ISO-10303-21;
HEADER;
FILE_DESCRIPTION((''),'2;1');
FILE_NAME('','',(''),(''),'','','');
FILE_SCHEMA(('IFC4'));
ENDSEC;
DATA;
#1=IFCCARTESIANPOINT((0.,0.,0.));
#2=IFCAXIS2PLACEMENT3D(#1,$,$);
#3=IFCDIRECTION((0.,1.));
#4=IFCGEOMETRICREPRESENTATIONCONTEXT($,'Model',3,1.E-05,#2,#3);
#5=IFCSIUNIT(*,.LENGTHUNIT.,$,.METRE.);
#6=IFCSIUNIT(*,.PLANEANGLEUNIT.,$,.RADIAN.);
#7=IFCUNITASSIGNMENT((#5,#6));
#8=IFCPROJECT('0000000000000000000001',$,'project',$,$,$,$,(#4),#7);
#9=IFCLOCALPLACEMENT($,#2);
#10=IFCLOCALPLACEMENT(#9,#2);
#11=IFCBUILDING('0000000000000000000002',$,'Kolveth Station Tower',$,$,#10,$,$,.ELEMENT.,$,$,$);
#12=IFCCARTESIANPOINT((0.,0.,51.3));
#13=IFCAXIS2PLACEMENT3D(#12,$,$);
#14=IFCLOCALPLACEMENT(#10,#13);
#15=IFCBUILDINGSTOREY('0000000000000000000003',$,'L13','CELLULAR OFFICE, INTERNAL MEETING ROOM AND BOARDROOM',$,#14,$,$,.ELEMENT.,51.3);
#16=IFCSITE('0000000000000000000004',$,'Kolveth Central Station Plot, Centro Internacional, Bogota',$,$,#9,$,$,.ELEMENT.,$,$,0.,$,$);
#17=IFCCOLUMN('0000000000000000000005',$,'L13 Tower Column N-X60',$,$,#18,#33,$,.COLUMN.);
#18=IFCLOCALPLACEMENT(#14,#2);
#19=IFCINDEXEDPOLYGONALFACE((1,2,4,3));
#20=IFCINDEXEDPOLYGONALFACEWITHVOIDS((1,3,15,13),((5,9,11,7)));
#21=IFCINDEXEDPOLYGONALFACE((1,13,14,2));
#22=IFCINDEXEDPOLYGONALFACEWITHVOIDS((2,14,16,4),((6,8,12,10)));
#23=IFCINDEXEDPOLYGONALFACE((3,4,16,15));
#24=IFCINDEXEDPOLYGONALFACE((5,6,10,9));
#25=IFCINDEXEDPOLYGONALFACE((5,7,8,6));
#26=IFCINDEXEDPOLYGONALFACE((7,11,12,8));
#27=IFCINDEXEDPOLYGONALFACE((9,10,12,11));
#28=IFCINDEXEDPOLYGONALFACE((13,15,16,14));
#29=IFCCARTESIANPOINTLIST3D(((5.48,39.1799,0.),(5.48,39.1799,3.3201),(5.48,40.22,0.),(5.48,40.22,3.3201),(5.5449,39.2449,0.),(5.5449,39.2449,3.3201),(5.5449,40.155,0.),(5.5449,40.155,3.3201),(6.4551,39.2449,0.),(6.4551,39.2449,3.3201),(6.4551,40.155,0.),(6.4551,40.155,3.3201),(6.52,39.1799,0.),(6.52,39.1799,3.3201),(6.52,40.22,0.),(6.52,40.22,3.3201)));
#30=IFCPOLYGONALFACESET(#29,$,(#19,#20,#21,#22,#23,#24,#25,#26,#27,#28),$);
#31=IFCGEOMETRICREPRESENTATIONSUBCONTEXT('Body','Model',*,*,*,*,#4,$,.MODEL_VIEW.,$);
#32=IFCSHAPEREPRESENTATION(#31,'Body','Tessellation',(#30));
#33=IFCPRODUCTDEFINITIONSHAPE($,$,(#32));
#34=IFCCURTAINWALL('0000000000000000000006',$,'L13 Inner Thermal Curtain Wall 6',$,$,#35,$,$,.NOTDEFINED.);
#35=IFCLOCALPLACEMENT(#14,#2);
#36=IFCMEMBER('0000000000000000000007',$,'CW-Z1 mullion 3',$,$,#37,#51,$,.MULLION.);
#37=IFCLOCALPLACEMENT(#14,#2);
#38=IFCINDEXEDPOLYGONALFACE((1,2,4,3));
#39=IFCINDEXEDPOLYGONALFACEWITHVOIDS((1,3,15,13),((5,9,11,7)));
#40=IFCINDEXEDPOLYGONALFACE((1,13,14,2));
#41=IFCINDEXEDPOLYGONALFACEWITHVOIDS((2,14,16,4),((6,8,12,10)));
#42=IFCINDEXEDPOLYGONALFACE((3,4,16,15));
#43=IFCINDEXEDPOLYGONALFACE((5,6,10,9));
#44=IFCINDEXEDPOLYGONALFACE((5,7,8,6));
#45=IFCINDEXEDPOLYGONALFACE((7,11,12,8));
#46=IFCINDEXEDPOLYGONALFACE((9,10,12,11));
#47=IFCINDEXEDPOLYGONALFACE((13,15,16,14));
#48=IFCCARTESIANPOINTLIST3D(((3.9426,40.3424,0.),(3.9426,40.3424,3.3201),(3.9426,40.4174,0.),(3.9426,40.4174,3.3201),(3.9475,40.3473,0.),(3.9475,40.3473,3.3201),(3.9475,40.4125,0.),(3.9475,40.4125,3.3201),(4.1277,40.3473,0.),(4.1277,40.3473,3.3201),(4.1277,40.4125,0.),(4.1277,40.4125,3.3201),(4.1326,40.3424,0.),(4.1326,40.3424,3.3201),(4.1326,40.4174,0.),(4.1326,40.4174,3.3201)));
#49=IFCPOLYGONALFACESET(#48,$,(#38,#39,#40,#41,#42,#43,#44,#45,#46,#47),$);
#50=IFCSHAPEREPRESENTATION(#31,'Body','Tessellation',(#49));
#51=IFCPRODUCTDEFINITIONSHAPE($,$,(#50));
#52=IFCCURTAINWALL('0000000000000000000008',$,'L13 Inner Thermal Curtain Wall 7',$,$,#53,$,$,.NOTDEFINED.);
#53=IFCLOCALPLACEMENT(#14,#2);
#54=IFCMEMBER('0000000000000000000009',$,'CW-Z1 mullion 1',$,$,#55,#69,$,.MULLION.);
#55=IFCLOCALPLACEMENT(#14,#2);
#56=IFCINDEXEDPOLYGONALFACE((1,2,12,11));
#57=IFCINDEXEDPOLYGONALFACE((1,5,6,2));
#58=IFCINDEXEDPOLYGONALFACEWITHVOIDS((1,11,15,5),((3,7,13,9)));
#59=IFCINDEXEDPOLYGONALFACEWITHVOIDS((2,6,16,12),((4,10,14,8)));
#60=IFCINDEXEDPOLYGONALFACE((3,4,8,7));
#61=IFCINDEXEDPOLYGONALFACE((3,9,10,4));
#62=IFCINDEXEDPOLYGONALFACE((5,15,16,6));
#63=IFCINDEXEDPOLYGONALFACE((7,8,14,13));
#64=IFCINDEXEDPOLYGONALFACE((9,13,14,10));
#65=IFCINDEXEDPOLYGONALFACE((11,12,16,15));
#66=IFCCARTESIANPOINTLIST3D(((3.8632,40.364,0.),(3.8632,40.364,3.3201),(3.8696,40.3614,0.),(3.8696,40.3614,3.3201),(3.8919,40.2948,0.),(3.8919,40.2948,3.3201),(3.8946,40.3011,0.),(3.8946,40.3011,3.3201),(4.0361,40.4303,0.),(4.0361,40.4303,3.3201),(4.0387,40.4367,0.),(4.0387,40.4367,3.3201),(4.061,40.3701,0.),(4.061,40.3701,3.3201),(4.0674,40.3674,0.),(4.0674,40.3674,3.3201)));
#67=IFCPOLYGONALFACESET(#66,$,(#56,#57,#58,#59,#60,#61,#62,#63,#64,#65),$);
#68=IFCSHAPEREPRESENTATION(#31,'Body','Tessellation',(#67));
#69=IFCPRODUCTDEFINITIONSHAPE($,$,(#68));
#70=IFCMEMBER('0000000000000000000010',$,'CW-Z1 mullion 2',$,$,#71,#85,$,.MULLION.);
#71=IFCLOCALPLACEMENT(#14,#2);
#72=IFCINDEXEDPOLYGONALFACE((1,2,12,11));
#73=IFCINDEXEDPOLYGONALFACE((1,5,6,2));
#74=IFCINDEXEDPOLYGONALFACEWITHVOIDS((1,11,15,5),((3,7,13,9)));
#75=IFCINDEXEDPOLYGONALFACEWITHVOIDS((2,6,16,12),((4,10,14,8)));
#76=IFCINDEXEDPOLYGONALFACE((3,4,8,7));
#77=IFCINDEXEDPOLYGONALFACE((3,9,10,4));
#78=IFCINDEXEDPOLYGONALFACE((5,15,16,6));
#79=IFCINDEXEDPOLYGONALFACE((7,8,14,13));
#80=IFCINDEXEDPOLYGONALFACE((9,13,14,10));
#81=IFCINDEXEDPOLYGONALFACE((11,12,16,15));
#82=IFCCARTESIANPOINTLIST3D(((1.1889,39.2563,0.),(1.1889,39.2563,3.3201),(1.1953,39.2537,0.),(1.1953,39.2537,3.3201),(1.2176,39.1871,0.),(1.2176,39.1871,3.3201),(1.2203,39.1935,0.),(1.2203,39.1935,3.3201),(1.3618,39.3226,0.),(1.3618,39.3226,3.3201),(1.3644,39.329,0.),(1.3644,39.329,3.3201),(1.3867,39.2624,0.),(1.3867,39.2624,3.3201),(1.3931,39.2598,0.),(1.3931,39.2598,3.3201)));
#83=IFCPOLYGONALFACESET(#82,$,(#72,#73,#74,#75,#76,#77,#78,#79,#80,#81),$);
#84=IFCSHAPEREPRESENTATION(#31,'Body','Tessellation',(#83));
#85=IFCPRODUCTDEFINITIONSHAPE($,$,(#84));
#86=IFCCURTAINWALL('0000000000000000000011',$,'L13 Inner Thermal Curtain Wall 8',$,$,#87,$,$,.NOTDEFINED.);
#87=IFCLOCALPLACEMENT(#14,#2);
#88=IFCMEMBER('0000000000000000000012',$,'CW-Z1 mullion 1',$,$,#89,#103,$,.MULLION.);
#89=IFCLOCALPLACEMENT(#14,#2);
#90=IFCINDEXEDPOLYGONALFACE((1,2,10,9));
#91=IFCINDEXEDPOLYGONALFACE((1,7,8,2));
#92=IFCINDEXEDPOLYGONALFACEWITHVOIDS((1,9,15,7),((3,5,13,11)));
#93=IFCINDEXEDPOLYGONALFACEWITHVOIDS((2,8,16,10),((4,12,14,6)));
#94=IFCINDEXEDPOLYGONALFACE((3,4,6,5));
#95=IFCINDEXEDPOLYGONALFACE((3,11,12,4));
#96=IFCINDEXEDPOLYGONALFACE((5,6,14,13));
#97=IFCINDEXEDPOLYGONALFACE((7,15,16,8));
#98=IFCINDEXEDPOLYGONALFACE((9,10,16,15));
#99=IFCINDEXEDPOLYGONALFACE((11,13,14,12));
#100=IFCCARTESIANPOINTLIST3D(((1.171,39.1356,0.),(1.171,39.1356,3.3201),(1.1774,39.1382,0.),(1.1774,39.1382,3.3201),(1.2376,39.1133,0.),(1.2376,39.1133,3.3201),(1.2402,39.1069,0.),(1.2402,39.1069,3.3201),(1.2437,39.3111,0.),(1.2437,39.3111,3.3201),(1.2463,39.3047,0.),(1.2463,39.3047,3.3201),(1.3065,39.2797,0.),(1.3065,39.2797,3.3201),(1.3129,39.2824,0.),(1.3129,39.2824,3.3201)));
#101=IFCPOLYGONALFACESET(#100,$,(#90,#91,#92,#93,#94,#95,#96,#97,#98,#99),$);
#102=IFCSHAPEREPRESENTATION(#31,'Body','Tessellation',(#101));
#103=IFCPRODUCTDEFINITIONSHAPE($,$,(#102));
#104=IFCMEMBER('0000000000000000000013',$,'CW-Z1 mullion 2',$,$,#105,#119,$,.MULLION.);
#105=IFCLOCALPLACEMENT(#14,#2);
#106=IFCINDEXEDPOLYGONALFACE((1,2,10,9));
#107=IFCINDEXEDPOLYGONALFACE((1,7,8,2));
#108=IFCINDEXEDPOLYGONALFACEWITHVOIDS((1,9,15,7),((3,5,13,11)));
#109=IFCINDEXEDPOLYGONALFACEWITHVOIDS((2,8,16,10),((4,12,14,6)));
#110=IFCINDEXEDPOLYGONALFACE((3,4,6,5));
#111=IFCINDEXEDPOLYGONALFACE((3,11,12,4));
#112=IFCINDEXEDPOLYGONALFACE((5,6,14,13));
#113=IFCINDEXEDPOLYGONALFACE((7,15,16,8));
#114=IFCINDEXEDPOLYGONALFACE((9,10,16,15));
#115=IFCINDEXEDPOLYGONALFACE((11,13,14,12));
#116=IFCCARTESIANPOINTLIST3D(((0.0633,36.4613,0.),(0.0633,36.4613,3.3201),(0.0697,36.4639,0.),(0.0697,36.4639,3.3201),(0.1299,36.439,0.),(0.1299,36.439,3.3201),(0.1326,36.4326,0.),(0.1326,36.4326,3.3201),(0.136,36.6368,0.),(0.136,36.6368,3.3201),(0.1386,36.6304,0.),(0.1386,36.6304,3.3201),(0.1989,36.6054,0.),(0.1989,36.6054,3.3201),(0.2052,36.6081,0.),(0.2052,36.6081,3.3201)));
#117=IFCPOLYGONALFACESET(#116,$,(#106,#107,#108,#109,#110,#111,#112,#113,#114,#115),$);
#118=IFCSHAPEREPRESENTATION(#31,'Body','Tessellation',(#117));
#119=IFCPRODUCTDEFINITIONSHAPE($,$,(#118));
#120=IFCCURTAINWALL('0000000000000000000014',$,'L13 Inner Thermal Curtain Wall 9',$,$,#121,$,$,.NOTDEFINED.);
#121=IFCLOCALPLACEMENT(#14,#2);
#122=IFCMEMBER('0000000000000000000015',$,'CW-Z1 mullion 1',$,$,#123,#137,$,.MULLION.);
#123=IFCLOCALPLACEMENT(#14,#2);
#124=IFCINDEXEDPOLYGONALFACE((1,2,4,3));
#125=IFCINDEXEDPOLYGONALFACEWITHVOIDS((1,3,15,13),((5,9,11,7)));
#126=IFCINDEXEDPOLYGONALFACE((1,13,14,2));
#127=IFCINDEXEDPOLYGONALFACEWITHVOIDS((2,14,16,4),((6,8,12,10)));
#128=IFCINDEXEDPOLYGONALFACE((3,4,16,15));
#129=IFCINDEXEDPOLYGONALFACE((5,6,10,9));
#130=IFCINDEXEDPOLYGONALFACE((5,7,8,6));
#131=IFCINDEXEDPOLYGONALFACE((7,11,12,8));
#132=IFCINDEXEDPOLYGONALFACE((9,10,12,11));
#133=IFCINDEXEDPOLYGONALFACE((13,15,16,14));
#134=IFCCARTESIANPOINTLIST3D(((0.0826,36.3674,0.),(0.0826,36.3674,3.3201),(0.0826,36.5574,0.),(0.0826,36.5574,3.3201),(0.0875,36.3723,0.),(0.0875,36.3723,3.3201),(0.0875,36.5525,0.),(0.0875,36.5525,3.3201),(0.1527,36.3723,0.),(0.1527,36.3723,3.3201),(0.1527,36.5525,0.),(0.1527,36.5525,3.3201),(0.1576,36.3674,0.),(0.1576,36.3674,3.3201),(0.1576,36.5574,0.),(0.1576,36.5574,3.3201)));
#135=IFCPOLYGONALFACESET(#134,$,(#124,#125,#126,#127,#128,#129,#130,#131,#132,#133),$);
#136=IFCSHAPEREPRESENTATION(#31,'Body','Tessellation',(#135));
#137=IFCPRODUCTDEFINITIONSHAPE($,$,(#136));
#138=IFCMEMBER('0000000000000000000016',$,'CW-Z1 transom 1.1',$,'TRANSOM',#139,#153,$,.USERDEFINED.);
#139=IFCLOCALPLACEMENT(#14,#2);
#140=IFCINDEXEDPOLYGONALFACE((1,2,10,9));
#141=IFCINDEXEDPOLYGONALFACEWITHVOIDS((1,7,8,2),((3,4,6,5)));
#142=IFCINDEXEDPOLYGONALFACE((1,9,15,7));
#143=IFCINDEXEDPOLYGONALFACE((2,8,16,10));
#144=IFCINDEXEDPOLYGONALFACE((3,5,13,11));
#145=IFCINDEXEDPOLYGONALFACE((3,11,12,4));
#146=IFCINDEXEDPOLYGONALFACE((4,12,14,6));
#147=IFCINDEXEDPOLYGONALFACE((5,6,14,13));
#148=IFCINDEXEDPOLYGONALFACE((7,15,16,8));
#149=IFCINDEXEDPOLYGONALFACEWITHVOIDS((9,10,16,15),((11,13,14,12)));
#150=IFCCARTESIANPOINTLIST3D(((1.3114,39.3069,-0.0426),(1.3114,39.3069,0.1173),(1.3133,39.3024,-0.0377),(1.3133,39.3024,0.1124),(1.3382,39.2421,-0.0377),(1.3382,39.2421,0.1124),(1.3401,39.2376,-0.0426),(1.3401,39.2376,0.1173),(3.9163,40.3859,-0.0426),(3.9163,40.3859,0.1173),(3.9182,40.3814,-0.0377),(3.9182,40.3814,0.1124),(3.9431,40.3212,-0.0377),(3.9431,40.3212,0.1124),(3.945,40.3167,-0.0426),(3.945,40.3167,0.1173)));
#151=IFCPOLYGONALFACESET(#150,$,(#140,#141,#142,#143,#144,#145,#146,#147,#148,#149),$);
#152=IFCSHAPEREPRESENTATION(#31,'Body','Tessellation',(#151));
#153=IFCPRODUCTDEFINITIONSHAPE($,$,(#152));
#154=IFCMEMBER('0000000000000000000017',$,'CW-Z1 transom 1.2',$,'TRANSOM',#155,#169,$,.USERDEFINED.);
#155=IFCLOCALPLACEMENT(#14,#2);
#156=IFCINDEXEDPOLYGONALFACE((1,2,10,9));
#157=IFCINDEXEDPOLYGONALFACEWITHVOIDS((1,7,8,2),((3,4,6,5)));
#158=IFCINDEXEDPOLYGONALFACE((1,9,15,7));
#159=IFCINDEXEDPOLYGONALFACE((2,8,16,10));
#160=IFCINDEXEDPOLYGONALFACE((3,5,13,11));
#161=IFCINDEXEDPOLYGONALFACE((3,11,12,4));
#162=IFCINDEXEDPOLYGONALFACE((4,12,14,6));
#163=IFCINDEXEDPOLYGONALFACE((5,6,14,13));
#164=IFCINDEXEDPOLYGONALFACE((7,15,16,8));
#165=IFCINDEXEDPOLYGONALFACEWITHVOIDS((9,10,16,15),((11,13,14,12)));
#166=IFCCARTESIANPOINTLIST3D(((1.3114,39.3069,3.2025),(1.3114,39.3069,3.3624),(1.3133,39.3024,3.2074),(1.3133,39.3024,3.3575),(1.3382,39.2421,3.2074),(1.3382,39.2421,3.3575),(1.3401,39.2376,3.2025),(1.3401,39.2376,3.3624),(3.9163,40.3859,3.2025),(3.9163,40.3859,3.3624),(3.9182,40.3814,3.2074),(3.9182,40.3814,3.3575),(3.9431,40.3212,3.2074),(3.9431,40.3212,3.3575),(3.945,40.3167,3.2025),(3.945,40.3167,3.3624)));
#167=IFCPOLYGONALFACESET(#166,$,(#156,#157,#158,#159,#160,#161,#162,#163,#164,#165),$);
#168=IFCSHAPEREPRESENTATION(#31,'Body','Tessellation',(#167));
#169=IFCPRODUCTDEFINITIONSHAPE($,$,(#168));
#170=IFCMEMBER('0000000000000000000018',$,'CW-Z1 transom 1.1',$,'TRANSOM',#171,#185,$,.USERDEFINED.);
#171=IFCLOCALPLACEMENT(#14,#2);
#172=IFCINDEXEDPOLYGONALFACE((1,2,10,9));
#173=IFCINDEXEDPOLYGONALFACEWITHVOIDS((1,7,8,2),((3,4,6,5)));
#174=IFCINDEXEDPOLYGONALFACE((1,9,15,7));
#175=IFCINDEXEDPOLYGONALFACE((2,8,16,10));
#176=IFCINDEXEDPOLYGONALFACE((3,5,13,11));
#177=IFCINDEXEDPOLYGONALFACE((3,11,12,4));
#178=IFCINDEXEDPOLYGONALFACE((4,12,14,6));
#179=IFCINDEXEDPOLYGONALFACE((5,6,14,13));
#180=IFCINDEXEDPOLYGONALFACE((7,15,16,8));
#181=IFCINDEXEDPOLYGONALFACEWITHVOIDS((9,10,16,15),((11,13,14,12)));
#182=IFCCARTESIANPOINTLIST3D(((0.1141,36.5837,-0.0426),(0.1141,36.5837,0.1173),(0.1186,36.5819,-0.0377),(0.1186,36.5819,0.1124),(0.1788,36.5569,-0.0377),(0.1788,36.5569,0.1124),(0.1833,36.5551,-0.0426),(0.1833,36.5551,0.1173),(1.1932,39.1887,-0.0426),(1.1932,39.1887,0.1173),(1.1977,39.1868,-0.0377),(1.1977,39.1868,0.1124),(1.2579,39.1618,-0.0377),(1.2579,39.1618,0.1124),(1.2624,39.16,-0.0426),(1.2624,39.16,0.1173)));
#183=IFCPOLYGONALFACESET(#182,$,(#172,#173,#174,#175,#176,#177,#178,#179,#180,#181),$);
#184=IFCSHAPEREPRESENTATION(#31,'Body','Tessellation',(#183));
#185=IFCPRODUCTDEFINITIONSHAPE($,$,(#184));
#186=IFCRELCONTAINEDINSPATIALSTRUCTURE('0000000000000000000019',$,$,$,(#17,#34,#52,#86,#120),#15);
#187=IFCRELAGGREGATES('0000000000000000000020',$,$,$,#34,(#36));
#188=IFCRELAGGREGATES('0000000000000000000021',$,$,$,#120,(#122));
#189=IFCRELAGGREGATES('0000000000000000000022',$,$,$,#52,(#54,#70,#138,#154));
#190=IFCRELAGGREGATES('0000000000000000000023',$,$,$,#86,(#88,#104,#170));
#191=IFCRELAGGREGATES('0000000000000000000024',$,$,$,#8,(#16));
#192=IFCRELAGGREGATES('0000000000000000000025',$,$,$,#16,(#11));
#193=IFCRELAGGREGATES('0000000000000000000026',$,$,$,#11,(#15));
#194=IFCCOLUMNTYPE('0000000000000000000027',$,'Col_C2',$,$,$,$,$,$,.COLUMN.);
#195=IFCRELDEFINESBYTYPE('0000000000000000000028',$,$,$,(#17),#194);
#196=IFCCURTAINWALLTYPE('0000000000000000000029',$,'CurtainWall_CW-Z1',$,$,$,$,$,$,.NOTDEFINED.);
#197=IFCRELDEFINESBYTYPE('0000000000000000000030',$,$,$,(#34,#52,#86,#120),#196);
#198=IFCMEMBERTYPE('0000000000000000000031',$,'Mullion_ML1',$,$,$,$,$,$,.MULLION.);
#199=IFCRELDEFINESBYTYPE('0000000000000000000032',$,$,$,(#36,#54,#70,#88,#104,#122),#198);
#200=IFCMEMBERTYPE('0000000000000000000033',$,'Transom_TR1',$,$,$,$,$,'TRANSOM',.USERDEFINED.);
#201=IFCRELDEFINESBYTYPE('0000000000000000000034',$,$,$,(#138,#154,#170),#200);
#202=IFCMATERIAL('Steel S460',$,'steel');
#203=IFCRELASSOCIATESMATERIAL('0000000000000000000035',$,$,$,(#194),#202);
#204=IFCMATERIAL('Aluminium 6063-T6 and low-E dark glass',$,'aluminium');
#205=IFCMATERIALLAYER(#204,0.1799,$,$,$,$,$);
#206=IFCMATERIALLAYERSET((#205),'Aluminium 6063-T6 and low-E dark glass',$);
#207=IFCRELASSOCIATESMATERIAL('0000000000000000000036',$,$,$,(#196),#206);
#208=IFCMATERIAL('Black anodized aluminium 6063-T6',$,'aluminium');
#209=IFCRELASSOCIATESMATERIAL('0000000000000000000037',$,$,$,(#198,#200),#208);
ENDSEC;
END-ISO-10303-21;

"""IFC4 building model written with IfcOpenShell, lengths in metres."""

from ifc_helpers import new_model, si_unit, direction, frame, origin, origin_2d, place, context, subcontext, project, spatial, hollow_rectangle, extrude, source, transform, mapped, material, layer, layer_set, material_profile, profile_set, type_object, element, aggregate, save


model = new_model("IFC4")

# Units and contexts
model_context = context("Model", 3, precision=1e-05, world=origin(), true_north=direction((0.0, 1.0)))
body_context = subcontext(model_context, "Body", "Model", "MODEL_VIEW")
ifc_project = project(units=[si_unit("LENGTHUNIT", "METRE"), si_unit("PLANEANGLEUNIT", "RADIAN")], contexts=[model_context])

# Site, building, storey
site_placement = place(None, origin())
site = spatial("IfcSite", under=ifc_project, at=site_placement, Name="Kolveth Central Station Plot, Centro Internacional, Bogota", CompositionType="ELEMENT", RefElevation=0.0)
building_placement = place(site_placement, origin())
building = spatial("IfcBuilding", under=site, at=building_placement, Name="Kolveth Station Tower", CompositionType="ELEMENT")
storey_placement = place(building_placement, frame((0.0, 0.0, 51.3)))
storey = spatial("IfcBuildingStorey", under=building, at=storey_placement, Name="L13", Description="CELLULAR OFFICE, INTERNAL MEETING ROOM AND BOARDROOM", CompositionType="ELEMENT", Elevation=51.3)

# Column
ifc_material_1 = material(Name="Steel S460", Category="steel")
ifc_material_profile_1 = material_profile(ifc_material_1, hollow_rectangle(XDim=1.04, YDim=1.04, WallThickness=0.0649, at=origin_2d()), Name="BOX1040x1040x65")
ifc_profile_set_1 = profile_set([ifc_material_profile_1], Name="Steel S460")
column_type = type_object("IfcColumnType", Name="Col_C2", PredefinedType="COLUMN", material=ifc_profile_set_1)
shared_shape_1 = source(origin(), body_context, "Body", "SweptSolid", [
    extrude(hollow_rectangle(XDim=1.04, YDim=1.04, WallThickness=0.0649, at=origin_2d()), origin(), (0.0, 0.0, 1.0), 3.3201),
])
column_placement = place(storey_placement, frame((6.0, 39.7, 0.0), z_axis=(0.0, 0.0, 1.0), x_axis=(1.0, 0.0, 0.0)))
element("IfcColumn", 1, at=column_placement, inside=storey, type_object=column_type, Name="L13 Tower Column N-X60", PredefinedType="COLUMN", context=body_context, shape_type="MappedRepresentation", body=[
    mapped(shared_shape_1, transform((0.0, 0.0, 0.0), x_axis=(1.0, 0.0, 0.0), y_axis=(0.0, 1.0, 0.0), z_axis=(0.0, 0.0, 1.0), scale=1.0)),
])

# Curtain wall, member
ifc_material_2 = material(Name="Aluminium 6063-T6 and low-E dark glass", Category="aluminium")
ifc_layer_1 = layer(ifc_material_2, 0.1799)
ifc_layer_set_1 = layer_set([ifc_layer_1], Name="Aluminium 6063-T6 and low-E dark glass")
curtain_wall_type_1 = type_object("IfcCurtainWallType", Name="CurtainWall_CW-Z1", PredefinedType="NOTDEFINED", material=ifc_layer_set_1)
curtain_wall_1_placement = place(storey_placement, origin())
curtain_wall_1 = element("IfcCurtainWall", 2, at=curtain_wall_1_placement, inside=storey, type_object=curtain_wall_type_1, Name="L13 Inner Thermal Curtain Wall 6", PredefinedType="NOTDEFINED")
ifc_material_3 = material(Name="Black anodized aluminium 6063-T6", Category="aluminium")
ifc_material_profile_2 = material_profile(ifc_material_3, hollow_rectangle(XDim=0.075, YDim=0.1899, WallThickness=0.0049, at=origin_2d()), Name="ALU-75x190x5")
ifc_profile_set_2 = profile_set([ifc_material_profile_2], Name="Black anodized aluminium 6063-T6")
member_type_1 = type_object("IfcMemberType", Name="Mullion_ML1", PredefinedType="MULLION", material=ifc_profile_set_2)
shared_shape_2 = source(origin(), body_context, "Body", "SweptSolid", [
    extrude(hollow_rectangle(XDim=0.075, YDim=0.1899, WallThickness=0.0049, at=origin_2d()), origin(), (0.0, 0.0, 1.0), 3.3201),
])
member_1_placement = place(storey_placement, frame((4.0376, 40.3799, 0.0), z_axis=(0.0, 0.0, 1.0), x_axis=(0.0, -1.0, 0.0)))
member_1 = element("IfcMember", 3, at=member_1_placement, type_object=member_type_1, Name="CW-Z1 mullion 3", PredefinedType="MULLION", context=body_context, shape_type="MappedRepresentation", body=[
    mapped(shared_shape_2, transform((0.0, 0.0, 0.0), x_axis=(1.0, 0.0, 0.0), y_axis=(0.0, 1.0, 0.0), z_axis=(0.0, 0.0, 1.0), scale=1.0)),
])
aggregate(curtain_wall_1, [member_1])

# Curtain walls, members
curtain_wall_2_placement = place(storey_placement, origin())
curtain_wall_2 = element("IfcCurtainWall", 4, at=curtain_wall_2_placement, inside=storey, type_object=curtain_wall_type_1, Name="L13 Inner Thermal Curtain Wall 7", PredefinedType="NOTDEFINED")
member_2_placement = place(storey_placement, frame((3.9653, 40.3657, 0.0), z_axis=(0.0, 0.0, 1.0), x_axis=(0.382673, -0.923884, 0.0)))
member_2 = element("IfcMember", 5, at=member_2_placement, type_object=member_type_1, Name="CW-Z1 mullion 1", PredefinedType="MULLION", context=body_context, shape_type="MappedRepresentation", body=[
    mapped(shared_shape_2, transform((0.0, 0.0, 0.0), x_axis=(1.0, 0.0, 0.0), y_axis=(0.0, 1.0, 0.0), z_axis=(0.0, 0.0, 1.0), scale=1.0)),
])
member_3_placement = place(storey_placement, frame((1.291, 39.2581, 0.0), z_axis=(0.0, 0.0, 1.0), x_axis=(0.382673, -0.923884, 0.0)))
member_3 = element("IfcMember", 6, at=member_3_placement, type_object=member_type_1, Name="CW-Z1 mullion 2", PredefinedType="MULLION", context=body_context, shape_type="MappedRepresentation", body=[
    mapped(shared_shape_2, transform((0.0, 0.0, 0.0), x_axis=(1.0, 0.0, 0.0), y_axis=(0.0, 1.0, 0.0), z_axis=(0.0, 0.0, 1.0), scale=1.0)),
])
curtain_wall_3_placement = place(storey_placement, origin())
curtain_wall_3 = element("IfcCurtainWall", 7, at=curtain_wall_3_placement, inside=storey, type_object=curtain_wall_type_1, Name="L13 Inner Thermal Curtain Wall 8", PredefinedType="NOTDEFINED")
member_4_placement = place(storey_placement, frame((1.2419, 39.209, 0.0), z_axis=(0.0, 0.0, 1.0), x_axis=(0.923884, -0.382673, 0.0)))
member_4 = element("IfcMember", 8, at=member_4_placement, type_object=member_type_1, Name="CW-Z1 mullion 1", PredefinedType="MULLION", context=body_context, shape_type="MappedRepresentation", body=[
    mapped(shared_shape_2, transform((0.0, 0.0, 0.0), x_axis=(1.0, 0.0, 0.0), y_axis=(0.0, 1.0, 0.0), z_axis=(0.0, 0.0, 1.0), scale=1.0)),
])
member_5_placement = place(storey_placement, frame((0.1343, 36.5347, 0.0), z_axis=(0.0, 0.0, 1.0), x_axis=(0.923884, -0.382673, 0.0)))
member_5 = element("IfcMember", 9, at=member_5_placement, type_object=member_type_1, Name="CW-Z1 mullion 2", PredefinedType="MULLION", context=body_context, shape_type="MappedRepresentation", body=[
    mapped(shared_shape_2, transform((0.0, 0.0, 0.0), x_axis=(1.0, 0.0, 0.0), y_axis=(0.0, 1.0, 0.0), z_axis=(0.0, 0.0, 1.0), scale=1.0)),
])

# Curtain wall, member
curtain_wall_4_placement = place(storey_placement, origin())
curtain_wall_4 = element("IfcCurtainWall", 10, at=curtain_wall_4_placement, inside=storey, type_object=curtain_wall_type_1, Name="L13 Inner Thermal Curtain Wall 9", PredefinedType="NOTDEFINED")
member_6_placement = place(storey_placement, frame((0.1201, 36.4624, 0.0), z_axis=(0.0, 0.0, 1.0), x_axis=(1.0, 0.0, 0.0)))
member_6 = element("IfcMember", 11, at=member_6_placement, type_object=member_type_1, Name="CW-Z1 mullion 1", PredefinedType="MULLION", context=body_context, shape_type="MappedRepresentation", body=[
    mapped(shared_shape_2, transform((0.0, 0.0, 0.0), x_axis=(1.0, 0.0, 0.0), y_axis=(0.0, 1.0, 0.0), z_axis=(0.0, 0.0, 1.0), scale=1.0)),
])
aggregate(curtain_wall_4, [member_6])

# Members
ifc_material_profile_3 = material_profile(ifc_material_3, hollow_rectangle(XDim=0.075, YDim=0.1599, WallThickness=0.0049, at=origin_2d()), Name="ALU-75x160x5")
ifc_profile_set_3 = profile_set([ifc_material_profile_3], Name="Black anodized aluminium 6063-T6")
member_type_2 = type_object("IfcMemberType", Name="Transom_TR1", ElementType="TRANSOM", PredefinedType="USERDEFINED", material=ifc_profile_set_3)
shared_shape_3 = source(origin(), body_context, "Body", "SweptSolid", [
    extrude(hollow_rectangle(XDim=0.075, YDim=0.1599, WallThickness=0.0049, at=origin_2d()), origin(), (0.0, 0.0, 1.0), 2.8196),
])
member_7_placement = place(storey_placement, frame((3.9307, 40.3513, 0.0374), z_axis=(-0.923869, -0.382709, 0.0), x_axis=(0.382709, -0.923869, 0.0)))
member_7 = element("IfcMember", 12, at=member_7_placement, type_object=member_type_2, Name="CW-Z1 transom 1.1", ObjectType="TRANSOM", PredefinedType="USERDEFINED", context=body_context, shape_type="MappedRepresentation", body=[
    mapped(shared_shape_3, transform((0.0, 0.0, 0.0), x_axis=(1.0, 0.0, 0.0), y_axis=(0.0, 1.0, 0.0), z_axis=(0.0, 0.0, 1.0), scale=1.0)),
])
member_8_placement = place(storey_placement, frame((3.9307, 40.3513, 3.2825), z_axis=(-0.923869, -0.382709, 0.0), x_axis=(0.382709, -0.923869, 0.0)))
member_8 = element("IfcMember", 13, at=member_8_placement, type_object=member_type_2, Name="CW-Z1 transom 1.2", ObjectType="TRANSOM", PredefinedType="USERDEFINED", context=body_context, shape_type="MappedRepresentation", body=[
    mapped(shared_shape_3, transform((0.0, 0.0, 0.0), x_axis=(1.0, 0.0, 0.0), y_axis=(0.0, 1.0, 0.0), z_axis=(0.0, 0.0, 1.0), scale=1.0)),
])
member_9_placement = place(storey_placement, frame((1.2278, 39.1743, 0.0374), z_axis=(-0.382709, -0.923869, 0.0), x_axis=(0.923869, -0.382709, 0.0)))
member_9 = element("IfcMember", 14, at=member_9_placement, type_object=member_type_2, Name="CW-Z1 transom 1.1", ObjectType="TRANSOM", PredefinedType="USERDEFINED", context=body_context, shape_type="MappedRepresentation", body=[
    mapped(shared_shape_3, transform((0.0, 0.0, 0.0), x_axis=(1.0, 0.0, 0.0), y_axis=(0.0, 1.0, 0.0), z_axis=(0.0, 0.0, 1.0), scale=1.0)),
])

aggregate(curtain_wall_2, [member_2, member_3, member_7, member_8])
aggregate(curtain_wall_3, [member_4, member_5, member_9])

save(model, "model.ifc")
